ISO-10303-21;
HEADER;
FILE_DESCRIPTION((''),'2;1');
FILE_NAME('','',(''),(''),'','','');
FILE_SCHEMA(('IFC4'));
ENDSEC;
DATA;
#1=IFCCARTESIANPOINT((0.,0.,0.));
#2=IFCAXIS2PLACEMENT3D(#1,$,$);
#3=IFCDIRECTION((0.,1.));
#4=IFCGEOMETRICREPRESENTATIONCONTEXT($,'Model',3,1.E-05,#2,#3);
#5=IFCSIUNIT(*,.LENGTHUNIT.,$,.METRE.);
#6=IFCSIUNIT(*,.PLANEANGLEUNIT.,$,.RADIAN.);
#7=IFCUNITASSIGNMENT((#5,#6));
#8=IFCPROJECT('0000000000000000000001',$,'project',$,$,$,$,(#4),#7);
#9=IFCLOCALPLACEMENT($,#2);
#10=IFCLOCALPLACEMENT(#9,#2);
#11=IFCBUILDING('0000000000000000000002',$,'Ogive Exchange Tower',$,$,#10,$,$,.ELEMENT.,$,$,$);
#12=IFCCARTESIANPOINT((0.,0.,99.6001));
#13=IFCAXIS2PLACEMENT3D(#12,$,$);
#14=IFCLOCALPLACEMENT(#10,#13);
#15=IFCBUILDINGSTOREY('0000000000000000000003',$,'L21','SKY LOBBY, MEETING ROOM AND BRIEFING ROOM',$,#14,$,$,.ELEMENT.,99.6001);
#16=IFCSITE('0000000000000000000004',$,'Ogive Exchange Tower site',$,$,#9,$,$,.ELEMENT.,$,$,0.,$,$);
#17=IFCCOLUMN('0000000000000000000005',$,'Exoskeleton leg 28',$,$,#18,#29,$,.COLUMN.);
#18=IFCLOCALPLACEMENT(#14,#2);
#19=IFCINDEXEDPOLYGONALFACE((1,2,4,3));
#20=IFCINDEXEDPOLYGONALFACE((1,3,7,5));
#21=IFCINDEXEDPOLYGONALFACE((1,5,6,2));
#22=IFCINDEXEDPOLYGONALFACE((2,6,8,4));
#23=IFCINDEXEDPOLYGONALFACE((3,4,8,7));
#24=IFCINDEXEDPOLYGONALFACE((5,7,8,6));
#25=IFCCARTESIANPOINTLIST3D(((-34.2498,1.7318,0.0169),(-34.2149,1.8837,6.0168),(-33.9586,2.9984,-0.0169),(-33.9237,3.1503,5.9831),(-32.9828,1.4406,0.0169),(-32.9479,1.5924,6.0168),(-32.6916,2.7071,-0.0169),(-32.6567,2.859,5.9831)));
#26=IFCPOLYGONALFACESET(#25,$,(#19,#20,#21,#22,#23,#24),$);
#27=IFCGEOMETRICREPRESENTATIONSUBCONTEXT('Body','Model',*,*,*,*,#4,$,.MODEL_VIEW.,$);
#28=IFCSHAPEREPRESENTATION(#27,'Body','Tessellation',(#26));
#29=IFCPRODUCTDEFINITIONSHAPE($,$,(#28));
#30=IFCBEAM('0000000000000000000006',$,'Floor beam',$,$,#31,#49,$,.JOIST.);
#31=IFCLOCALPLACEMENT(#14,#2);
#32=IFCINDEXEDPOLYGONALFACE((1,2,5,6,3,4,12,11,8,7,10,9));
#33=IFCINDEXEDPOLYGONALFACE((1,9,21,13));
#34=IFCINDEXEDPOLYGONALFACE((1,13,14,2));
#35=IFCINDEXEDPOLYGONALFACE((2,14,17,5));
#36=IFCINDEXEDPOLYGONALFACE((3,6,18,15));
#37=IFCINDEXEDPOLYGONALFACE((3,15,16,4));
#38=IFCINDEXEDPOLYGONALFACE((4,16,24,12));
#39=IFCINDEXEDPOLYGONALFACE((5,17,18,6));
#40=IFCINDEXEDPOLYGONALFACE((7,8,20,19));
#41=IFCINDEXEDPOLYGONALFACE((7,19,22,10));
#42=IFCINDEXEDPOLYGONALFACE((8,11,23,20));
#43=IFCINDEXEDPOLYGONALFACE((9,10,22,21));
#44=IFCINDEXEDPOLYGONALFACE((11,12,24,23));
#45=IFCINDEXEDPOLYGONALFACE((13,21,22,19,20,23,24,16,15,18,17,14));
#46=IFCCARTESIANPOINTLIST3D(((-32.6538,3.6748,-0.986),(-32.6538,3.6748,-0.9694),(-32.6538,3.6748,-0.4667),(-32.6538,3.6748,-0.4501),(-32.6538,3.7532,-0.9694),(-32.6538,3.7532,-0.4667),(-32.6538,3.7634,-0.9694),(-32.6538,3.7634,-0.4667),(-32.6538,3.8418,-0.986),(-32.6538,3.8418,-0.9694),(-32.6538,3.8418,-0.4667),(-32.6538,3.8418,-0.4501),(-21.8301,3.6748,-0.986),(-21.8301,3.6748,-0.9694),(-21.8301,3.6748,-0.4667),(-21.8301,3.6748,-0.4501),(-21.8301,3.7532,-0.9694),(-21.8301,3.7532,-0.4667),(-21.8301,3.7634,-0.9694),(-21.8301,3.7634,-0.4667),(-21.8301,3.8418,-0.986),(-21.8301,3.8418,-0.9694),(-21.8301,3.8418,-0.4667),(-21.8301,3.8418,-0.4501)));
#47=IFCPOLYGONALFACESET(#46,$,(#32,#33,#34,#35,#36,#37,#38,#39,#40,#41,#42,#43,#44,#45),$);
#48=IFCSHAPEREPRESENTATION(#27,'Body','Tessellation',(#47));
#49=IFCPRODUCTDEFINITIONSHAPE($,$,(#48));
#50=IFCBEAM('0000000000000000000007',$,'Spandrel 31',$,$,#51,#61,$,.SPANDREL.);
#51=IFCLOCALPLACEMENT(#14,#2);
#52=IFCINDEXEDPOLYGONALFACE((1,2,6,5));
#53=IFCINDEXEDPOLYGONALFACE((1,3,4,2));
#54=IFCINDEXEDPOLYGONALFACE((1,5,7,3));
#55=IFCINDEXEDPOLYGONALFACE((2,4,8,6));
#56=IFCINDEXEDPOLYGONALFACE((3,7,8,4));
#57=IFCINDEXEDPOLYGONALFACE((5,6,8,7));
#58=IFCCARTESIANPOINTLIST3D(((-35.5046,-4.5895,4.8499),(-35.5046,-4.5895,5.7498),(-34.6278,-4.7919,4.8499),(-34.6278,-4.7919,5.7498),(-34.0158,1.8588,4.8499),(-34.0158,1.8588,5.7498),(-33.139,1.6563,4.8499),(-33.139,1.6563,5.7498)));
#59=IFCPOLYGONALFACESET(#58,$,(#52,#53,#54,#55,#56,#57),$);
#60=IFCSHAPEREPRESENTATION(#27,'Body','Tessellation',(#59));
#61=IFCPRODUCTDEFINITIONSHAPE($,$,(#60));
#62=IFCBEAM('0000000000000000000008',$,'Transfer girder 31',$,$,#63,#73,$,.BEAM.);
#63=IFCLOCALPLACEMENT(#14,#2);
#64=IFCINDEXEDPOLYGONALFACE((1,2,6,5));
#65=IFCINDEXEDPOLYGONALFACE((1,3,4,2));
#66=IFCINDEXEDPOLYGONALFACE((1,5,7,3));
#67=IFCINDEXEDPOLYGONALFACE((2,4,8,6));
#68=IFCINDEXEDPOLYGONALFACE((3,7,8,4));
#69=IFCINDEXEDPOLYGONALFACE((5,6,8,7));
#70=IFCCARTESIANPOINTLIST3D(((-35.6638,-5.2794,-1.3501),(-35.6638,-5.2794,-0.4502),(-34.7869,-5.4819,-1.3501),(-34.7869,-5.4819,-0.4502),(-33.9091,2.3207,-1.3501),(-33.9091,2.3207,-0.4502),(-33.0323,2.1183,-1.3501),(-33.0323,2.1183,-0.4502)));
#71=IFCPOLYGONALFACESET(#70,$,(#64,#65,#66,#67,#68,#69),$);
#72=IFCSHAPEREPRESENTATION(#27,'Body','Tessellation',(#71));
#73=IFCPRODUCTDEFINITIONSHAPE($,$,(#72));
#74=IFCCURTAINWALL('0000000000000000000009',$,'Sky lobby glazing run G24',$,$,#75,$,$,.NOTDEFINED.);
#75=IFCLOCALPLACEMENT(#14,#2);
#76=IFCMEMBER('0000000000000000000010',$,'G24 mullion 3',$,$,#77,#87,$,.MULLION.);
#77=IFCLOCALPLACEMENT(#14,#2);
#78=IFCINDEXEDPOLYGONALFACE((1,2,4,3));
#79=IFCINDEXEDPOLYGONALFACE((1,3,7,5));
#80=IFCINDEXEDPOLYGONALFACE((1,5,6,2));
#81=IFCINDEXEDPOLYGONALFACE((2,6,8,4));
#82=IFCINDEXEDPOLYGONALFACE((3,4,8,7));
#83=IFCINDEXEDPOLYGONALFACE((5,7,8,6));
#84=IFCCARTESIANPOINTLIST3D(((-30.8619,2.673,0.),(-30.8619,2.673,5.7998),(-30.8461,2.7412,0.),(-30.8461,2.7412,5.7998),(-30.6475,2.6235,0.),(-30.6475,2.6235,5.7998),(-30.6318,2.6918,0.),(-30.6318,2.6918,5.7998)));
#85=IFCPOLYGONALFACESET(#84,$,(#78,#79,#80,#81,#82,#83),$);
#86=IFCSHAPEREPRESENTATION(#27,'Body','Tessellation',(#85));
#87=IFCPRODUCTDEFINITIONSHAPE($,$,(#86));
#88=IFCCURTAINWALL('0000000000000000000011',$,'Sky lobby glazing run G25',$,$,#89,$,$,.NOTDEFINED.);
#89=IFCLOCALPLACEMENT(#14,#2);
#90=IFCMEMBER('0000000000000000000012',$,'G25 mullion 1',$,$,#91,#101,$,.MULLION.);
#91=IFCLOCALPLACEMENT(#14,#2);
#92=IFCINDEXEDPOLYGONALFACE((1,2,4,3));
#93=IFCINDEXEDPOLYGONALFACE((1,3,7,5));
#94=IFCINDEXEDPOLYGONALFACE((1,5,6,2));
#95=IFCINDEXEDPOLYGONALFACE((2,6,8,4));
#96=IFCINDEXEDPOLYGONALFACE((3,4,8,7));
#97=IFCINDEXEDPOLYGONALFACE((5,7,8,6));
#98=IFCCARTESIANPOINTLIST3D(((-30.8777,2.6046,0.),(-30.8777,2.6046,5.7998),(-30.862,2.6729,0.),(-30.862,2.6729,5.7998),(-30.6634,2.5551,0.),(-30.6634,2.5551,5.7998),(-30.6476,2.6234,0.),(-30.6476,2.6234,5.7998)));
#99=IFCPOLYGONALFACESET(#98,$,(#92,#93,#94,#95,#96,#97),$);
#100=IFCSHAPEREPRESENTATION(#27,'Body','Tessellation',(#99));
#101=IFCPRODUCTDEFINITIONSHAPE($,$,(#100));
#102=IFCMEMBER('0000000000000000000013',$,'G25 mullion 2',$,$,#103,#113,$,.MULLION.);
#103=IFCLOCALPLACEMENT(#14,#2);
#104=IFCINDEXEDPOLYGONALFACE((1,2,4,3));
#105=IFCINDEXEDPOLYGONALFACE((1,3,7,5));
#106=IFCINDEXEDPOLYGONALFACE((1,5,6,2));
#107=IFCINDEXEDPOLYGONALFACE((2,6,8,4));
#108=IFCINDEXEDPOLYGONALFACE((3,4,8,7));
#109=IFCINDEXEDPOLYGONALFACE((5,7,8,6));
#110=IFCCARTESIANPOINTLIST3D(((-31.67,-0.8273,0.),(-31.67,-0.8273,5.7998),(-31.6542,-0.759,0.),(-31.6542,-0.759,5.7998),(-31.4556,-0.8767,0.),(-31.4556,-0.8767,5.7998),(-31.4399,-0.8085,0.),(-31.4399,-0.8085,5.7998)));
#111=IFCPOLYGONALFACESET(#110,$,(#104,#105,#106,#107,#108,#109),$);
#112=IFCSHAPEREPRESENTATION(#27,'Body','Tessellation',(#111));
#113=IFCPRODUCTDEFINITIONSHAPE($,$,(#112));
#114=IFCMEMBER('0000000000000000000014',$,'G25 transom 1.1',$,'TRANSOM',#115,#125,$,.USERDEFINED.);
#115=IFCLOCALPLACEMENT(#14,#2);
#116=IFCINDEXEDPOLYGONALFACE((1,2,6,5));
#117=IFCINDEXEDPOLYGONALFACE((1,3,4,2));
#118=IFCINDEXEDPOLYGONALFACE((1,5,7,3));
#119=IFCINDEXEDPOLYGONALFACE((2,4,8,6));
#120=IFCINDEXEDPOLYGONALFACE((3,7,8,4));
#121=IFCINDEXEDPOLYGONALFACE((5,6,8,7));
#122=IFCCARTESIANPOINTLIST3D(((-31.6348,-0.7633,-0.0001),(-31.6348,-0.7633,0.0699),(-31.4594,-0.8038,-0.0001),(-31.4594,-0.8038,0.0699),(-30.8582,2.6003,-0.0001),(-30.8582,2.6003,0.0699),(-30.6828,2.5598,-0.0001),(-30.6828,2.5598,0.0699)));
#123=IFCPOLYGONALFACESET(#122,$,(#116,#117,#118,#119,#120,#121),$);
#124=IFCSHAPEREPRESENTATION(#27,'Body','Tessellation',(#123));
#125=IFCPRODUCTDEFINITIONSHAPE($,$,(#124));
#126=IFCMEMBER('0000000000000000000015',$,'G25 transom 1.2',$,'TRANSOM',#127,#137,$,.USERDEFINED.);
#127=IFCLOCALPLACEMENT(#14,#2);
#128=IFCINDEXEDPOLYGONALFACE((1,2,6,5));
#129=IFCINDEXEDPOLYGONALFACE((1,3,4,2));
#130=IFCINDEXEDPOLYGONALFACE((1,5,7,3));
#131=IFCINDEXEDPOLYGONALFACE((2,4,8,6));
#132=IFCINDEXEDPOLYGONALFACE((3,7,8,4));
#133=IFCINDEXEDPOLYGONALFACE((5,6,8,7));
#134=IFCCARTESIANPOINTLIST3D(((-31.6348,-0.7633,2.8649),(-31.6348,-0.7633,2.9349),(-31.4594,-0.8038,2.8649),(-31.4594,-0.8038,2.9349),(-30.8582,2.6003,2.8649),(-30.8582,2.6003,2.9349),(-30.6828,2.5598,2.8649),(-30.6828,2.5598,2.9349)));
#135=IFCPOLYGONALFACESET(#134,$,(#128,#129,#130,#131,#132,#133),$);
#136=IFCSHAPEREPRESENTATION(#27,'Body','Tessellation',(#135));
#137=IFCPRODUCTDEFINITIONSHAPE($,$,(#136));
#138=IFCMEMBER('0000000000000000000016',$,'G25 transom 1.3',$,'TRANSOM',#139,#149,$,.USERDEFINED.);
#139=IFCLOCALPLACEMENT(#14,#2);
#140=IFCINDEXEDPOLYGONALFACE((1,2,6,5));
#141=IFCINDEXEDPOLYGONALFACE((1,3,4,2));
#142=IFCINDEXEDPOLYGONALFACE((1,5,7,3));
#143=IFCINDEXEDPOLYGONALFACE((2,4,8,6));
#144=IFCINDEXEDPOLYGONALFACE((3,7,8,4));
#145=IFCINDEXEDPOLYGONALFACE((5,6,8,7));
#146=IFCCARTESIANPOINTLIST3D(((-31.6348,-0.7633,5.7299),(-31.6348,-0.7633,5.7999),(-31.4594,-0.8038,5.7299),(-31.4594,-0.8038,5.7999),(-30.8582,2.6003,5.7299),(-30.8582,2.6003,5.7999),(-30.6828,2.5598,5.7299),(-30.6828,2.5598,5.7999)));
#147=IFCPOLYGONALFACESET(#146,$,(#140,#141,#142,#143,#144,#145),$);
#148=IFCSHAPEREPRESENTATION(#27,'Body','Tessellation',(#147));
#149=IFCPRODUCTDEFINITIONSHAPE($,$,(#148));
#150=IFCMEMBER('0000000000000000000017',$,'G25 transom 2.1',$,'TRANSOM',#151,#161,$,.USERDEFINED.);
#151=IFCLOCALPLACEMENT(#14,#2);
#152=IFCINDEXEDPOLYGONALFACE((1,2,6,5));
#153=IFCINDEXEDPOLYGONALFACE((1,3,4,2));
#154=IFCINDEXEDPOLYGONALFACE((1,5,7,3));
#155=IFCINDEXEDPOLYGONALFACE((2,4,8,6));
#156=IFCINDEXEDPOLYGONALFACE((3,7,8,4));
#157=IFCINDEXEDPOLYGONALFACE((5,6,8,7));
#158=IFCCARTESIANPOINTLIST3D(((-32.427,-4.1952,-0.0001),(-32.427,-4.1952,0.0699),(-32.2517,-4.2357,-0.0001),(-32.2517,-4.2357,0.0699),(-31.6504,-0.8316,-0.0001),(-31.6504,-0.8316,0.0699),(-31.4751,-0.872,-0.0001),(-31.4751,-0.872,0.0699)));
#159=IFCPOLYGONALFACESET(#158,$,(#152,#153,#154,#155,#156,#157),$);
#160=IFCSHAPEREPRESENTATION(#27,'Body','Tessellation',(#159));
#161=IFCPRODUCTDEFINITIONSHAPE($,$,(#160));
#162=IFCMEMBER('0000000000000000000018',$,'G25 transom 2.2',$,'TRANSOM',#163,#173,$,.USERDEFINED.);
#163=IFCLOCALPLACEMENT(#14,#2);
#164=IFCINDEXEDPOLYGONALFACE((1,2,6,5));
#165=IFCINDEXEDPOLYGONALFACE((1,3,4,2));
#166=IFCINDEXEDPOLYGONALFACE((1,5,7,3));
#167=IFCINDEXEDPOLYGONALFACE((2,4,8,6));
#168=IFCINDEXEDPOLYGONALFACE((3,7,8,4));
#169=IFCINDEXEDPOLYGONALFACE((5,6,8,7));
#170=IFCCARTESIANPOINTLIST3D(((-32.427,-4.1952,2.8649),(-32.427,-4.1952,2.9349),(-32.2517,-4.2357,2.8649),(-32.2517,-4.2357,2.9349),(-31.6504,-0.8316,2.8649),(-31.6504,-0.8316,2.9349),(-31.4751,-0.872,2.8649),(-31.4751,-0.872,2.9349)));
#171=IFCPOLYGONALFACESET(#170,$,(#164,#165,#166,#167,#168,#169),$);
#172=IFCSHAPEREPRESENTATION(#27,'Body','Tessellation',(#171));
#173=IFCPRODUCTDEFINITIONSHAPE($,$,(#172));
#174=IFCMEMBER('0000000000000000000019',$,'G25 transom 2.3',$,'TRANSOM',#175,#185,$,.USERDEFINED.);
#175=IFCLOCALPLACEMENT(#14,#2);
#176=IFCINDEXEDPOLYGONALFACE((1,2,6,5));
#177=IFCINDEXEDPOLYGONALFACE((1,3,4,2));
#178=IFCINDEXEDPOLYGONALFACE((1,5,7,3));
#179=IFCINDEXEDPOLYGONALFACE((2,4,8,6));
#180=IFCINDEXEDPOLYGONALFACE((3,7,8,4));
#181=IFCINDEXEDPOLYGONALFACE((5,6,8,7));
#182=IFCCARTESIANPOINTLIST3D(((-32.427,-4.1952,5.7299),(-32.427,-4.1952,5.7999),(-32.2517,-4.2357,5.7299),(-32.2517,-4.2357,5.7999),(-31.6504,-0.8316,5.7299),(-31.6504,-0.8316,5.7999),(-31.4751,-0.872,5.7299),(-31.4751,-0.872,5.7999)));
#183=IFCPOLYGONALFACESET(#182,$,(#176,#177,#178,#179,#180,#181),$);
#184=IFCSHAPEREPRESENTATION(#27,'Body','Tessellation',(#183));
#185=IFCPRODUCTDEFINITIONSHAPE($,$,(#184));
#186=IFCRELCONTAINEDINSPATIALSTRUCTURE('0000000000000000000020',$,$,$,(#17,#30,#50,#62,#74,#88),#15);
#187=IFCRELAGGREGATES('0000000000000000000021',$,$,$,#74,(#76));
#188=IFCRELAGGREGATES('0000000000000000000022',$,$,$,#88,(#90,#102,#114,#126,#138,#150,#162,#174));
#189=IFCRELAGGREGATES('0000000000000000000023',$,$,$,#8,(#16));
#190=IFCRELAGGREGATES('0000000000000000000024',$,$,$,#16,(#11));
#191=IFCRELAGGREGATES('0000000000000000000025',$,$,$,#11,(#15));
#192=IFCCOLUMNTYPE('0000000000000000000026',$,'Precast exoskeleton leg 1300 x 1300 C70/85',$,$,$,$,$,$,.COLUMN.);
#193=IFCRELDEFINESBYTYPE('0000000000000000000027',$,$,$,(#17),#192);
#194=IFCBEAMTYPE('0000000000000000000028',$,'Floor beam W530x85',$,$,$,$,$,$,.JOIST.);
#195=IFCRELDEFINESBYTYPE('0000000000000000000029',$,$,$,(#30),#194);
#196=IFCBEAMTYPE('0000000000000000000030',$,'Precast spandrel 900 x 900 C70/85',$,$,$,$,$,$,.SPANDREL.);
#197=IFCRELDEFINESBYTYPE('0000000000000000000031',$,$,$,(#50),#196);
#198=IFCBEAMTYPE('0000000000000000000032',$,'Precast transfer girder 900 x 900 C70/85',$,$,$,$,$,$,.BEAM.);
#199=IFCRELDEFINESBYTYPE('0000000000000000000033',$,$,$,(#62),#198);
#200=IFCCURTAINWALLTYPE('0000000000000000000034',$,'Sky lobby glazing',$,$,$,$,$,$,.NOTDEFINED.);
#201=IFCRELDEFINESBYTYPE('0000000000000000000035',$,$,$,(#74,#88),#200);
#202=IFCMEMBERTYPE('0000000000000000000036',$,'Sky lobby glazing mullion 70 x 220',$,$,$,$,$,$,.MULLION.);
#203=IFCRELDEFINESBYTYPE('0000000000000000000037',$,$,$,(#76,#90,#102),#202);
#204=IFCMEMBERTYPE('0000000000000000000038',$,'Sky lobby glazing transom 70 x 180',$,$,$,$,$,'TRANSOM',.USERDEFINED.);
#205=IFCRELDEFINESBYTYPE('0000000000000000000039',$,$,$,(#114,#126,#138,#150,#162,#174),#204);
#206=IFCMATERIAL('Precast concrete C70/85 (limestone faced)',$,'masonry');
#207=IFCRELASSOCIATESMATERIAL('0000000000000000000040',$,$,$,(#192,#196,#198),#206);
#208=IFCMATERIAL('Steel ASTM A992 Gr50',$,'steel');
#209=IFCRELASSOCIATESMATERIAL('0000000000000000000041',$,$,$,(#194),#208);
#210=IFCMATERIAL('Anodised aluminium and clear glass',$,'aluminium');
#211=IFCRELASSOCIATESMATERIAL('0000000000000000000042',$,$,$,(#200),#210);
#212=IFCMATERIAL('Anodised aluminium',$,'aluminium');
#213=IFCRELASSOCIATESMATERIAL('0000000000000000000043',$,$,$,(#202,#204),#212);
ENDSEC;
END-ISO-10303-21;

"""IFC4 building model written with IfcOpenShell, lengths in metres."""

from ifc_helpers import new_model, si_unit, direction, frame, origin, origin_2d, place, context, subcontext, project, spatial, rectangle, i_section, extrude, material, material_profile, profile_set, type_object, element, aggregate, save


model = new_model("IFC4")

# Units and contexts
model_context = context("Model", 3, precision=1e-05, world=origin(), true_north=direction((0.0, 1.0)))
body_context = subcontext(model_context, "Body", "Model", "MODEL_VIEW")
ifc_project = project(units=[si_unit("LENGTHUNIT", "METRE"), si_unit("PLANEANGLEUNIT", "RADIAN")], contexts=[model_context])

# Site, building, storey
site_placement = place(None, origin())
site = spatial("IfcSite", under=ifc_project, at=site_placement, Name="Ogive Exchange Tower site", CompositionType="ELEMENT", RefElevation=0.0)
building_placement = place(site_placement, origin())
building = spatial("IfcBuilding", under=site, at=building_placement, Name="Ogive Exchange Tower", CompositionType="ELEMENT")
storey_placement = place(building_placement, frame((0.0, 0.0, 99.6001)))
storey = spatial("IfcBuildingStorey", under=building, at=storey_placement, Name="L21", Description="SKY LOBBY, MEETING ROOM AND BRIEFING ROOM", CompositionType="ELEMENT", Elevation=99.6001)

# Column
ifc_material_1 = material(Name="Precast concrete C70/85 (limestone faced)", Category="masonry")
ifc_material_profile_1 = material_profile(ifc_material_1, rectangle(XDim=1.3, YDim=1.3, at=origin_2d()), Name="1300 x 1300")
ifc_profile_set_1 = profile_set([ifc_material_profile_1], Name="Precast concrete C70/85 (limestone faced)")
column_type = type_object("IfcColumnType", Name="Precast exoskeleton leg 1300 x 1300 C70/85", PredefinedType="COLUMN", material=ifc_profile_set_1)
column_placement = place(storey_placement, frame((-33.4707, 2.2195, 0.0), z_axis=(0.005817, 0.025301, 0.999663), x_axis=(-0.974576, 0.224058, 0.0)))
element("IfcColumn", 1, at=column_placement, inside=storey, type_object=column_type, Name="Exoskeleton leg 28", PredefinedType="COLUMN", context=body_context, shape_type="SweptSolid", body=[
    extrude(rectangle(XDim=1.3, YDim=1.3, at=origin_2d()), origin(), (0.0, 0.0, 1.0), 6.002),
])

# Beams
ifc_material_2 = material(Name="Steel ASTM A992 Gr50", Category="steel")
ifc_material_profile_2 = material_profile(ifc_material_2, i_section(OverallWidth=0.167, OverallDepth=0.5359, WebThickness=0.0103, FlangeThickness=0.0166, at=origin_2d()), Name="W530x85")
ifc_profile_set_2 = profile_set([ifc_material_profile_2], Name="Steel ASTM A992 Gr50")
beam_type_1 = type_object("IfcBeamType", Name="Floor beam W530x85", PredefinedType="JOIST", material=ifc_profile_set_2)
beam_1_placement = place(storey_placement, frame((-32.6538, 3.7583, -0.718), z_axis=(1.0, 0.0, 0.0), x_axis=(0.0, 1.0, 0.0)))
element("IfcBeam", 2, at=beam_1_placement, inside=storey, type_object=beam_type_1, Name="Floor beam", PredefinedType="JOIST", context=body_context, shape_type="SweptSolid", body=[
    extrude(i_section(OverallWidth=0.167, OverallDepth=0.5359, WebThickness=0.0103, FlangeThickness=0.0166, at=origin_2d()), origin(), (0.0, 0.0, 1.0), 10.8237),
])
ifc_material_profile_3 = material_profile(ifc_material_1, rectangle(XDim=0.8999, YDim=0.8999, at=origin_2d()), Name="900 x 900")
ifc_profile_set_3 = profile_set([ifc_material_profile_3], Name="Precast concrete C70/85 (limestone faced)")
beam_type_2 = type_object("IfcBeamType", Name="Precast spandrel 900 x 900 C70/85", PredefinedType="SPANDREL", material=ifc_profile_set_3)
beam_2_placement = place(storey_placement, frame((-33.5774, 1.7576, 5.2998), z_axis=(-0.224962, -0.974368, 0.0), x_axis=(0.974368, -0.224962, 0.0)))
element("IfcBeam", 3, at=beam_2_placement, inside=storey, type_object=beam_type_2, Name="Spandrel 31", PredefinedType="SPANDREL", context=body_context, shape_type="SweptSolid", body=[
    extrude(rectangle(XDim=0.8999, YDim=0.8999, at=origin_2d()), origin(), (0.0, 0.0, 1.0), 6.6179),
])
ifc_material_profile_4 = material_profile(ifc_material_1, rectangle(XDim=0.8999, YDim=0.8999, at=origin_2d()), Name="900 x 900")
ifc_profile_set_4 = profile_set([ifc_material_profile_4], Name="Precast concrete C70/85 (limestone faced)")
beam_type_3 = type_object("IfcBeamType", Name="Precast transfer girder 900 x 900 C70/85", PredefinedType="BEAM", material=ifc_profile_set_4)
beam_3_placement = place(storey_placement, frame((-33.4707, 2.2195, -0.9001), z_axis=(-0.224953, -0.97437, 0.0), x_axis=(0.97437, -0.224953, 0.0)))
element("IfcBeam", 4, at=beam_3_placement, inside=storey, type_object=beam_type_3, Name="Transfer girder 31", PredefinedType="BEAM", context=body_context, shape_type="SweptSolid", body=[
    extrude(rectangle(XDim=0.8999, YDim=0.8999, at=origin_2d()), origin(), (0.0, 0.0, 1.0), 7.8),
])

# Curtain wall, member
ifc_material_3 = material(Name="Anodised aluminium and clear glass", Category="aluminium")
curtain_wall_type = type_object("IfcCurtainWallType", Name="Sky lobby glazing", PredefinedType="NOTDEFINED", material=ifc_material_3)
curtain_wall_1_placement = place(storey_placement, origin())
curtain_wall_1 = element("IfcCurtainWall", 5, at=curtain_wall_1_placement, inside=storey, type_object=curtain_wall_type, Name="Sky lobby glazing run G24", PredefinedType="NOTDEFINED")
ifc_material_4 = material(Name="Anodised aluminium", Category="aluminium")
ifc_material_profile_5 = material_profile(ifc_material_4, rectangle(XDim=0.22, YDim=0.0701, at=origin_2d()), Name="AL 70x220")
ifc_profile_set_5 = profile_set([ifc_material_profile_5], Name="Anodised aluminium")
member_type_1 = type_object("IfcMemberType", Name="Sky lobby glazing mullion 70 x 220", PredefinedType="MULLION", material=ifc_profile_set_5)
member_1_placement = place(storey_placement, frame((-30.7468, 2.6824, 0.0), z_axis=(0.0, 0.0, 1.0), x_axis=(0.974372, -0.224944, 0.0)))
member_1 = element("IfcMember", 6, at=member_1_placement, type_object=member_type_1, Name="G24 mullion 3", PredefinedType="MULLION", context=body_context, shape_type="SweptSolid", body=[
    extrude(rectangle(XDim=0.22, YDim=0.0701, at=origin_2d()), origin(), (0.0, 0.0, 1.0), 5.7998),
])

# Curtain wall, members
curtain_wall_2_placement = place(storey_placement, origin())
curtain_wall_2 = element("IfcCurtainWall", 7, at=curtain_wall_2_placement, inside=storey, type_object=curtain_wall_type, Name="Sky lobby glazing run G25", PredefinedType="NOTDEFINED")
member_2_placement = place(storey_placement, frame((-30.7627, 2.614, 0.0), z_axis=(0.0, 0.0, 1.0), x_axis=(0.974369, -0.224954, 0.0)))
member_2 = element("IfcMember", 8, at=member_2_placement, type_object=member_type_1, Name="G25 mullion 1", PredefinedType="MULLION", context=body_context, shape_type="SweptSolid", body=[
    extrude(rectangle(XDim=0.22, YDim=0.0701, at=origin_2d()), origin(), (0.0, 0.0, 1.0), 5.7998),
])
member_3_placement = place(storey_placement, frame((-31.5549, -0.8179, 0.0), z_axis=(0.0, 0.0, 1.0), x_axis=(0.974369, -0.224954, 0.0)))
member_3 = element("IfcMember", 9, at=member_3_placement, type_object=member_type_1, Name="G25 mullion 2", PredefinedType="MULLION", context=body_context, shape_type="SweptSolid", body=[
    extrude(rectangle(XDim=0.22, YDim=0.0701, at=origin_2d()), origin(), (0.0, 0.0, 1.0), 5.7998),
])
ifc_material_profile_6 = material_profile(ifc_material_4, rectangle(XDim=0.1799, YDim=0.0701, at=origin_2d()), Name="AL 70x180")
ifc_profile_set_6 = profile_set([ifc_material_profile_6], Name="Anodised aluminium")
member_type_2 = type_object("IfcMemberType", Name="Sky lobby glazing transom 70 x 180", ElementType="TRANSOM", PredefinedType="USERDEFINED", material=ifc_profile_set_6)
member_4_placement = place(storey_placement, frame((-30.7705, 2.5801, 0.0349), z_axis=(-0.224958, -0.974369, 0.0), x_axis=(0.974369, -0.224958, 0.0)))
member_4 = element("IfcMember", 10, at=member_4_placement, type_object=member_type_2, Name="G25 transom 1.1", ObjectType="TRANSOM", PredefinedType="USERDEFINED", context=body_context, shape_type="SweptSolid", body=[
    extrude(rectangle(XDim=0.1799, YDim=0.0701, at=origin_2d()), origin(), (0.0, 0.0, 1.0), 3.4521),
])
member_5_placement = place(storey_placement, frame((-30.7705, 2.5801, 2.8999), z_axis=(-0.224958, -0.974369, 0.0), x_axis=(0.974369, -0.224958, 0.0)))
member_5 = element("IfcMember", 11, at=member_5_placement, type_object=member_type_2, Name="G25 transom 1.2", ObjectType="TRANSOM", PredefinedType="USERDEFINED", context=body_context, shape_type="SweptSolid", body=[
    extrude(rectangle(XDim=0.1799, YDim=0.0701, at=origin_2d()), origin(), (0.0, 0.0, 1.0), 3.4521),
])
member_6_placement = place(storey_placement, frame((-30.7705, 2.5801, 5.7649), z_axis=(-0.224958, -0.974369, 0.0), x_axis=(0.974369, -0.224958, 0.0)))
member_6 = element("IfcMember", 12, at=member_6_placement, type_object=member_type_2, Name="G25 transom 1.3", ObjectType="TRANSOM", PredefinedType="USERDEFINED", context=body_context, shape_type="SweptSolid", body=[
    extrude(rectangle(XDim=0.1799, YDim=0.0701, at=origin_2d()), origin(), (0.0, 0.0, 1.0), 3.4521),
])
member_7_placement = place(storey_placement, frame((-31.5627, -0.8518, 0.0349), z_axis=(-0.224958, -0.974369, 0.0), x_axis=(0.974369, -0.224958, 0.0)))
member_7 = element("IfcMember", 13, at=member_7_placement, type_object=member_type_2, Name="G25 transom 2.1", ObjectType="TRANSOM", PredefinedType="USERDEFINED", context=body_context, shape_type="SweptSolid", body=[
    extrude(rectangle(XDim=0.1799, YDim=0.0701, at=origin_2d()), origin(), (0.0, 0.0, 1.0), 3.4521),
])
member_8_placement = place(storey_placement, frame((-31.5627, -0.8518, 2.8999), z_axis=(-0.224958, -0.974369, 0.0), x_axis=(0.974369, -0.224958, 0.0)))
member_8 = element("IfcMember", 14, at=member_8_placement, type_object=member_type_2, Name="G25 transom 2.2", ObjectType="TRANSOM", PredefinedType="USERDEFINED", context=body_context, shape_type="SweptSolid", body=[
    extrude(rectangle(XDim=0.1799, YDim=0.0701, at=origin_2d()), origin(), (0.0, 0.0, 1.0), 3.4521),
])
member_9_placement = place(storey_placement, frame((-31.5627, -0.8518, 5.7649), z_axis=(-0.224958, -0.974369, 0.0), x_axis=(0.974369, -0.224958, 0.0)))
member_9 = element("IfcMember", 15, at=member_9_placement, type_object=member_type_2, Name="G25 transom 2.3", ObjectType="TRANSOM", PredefinedType="USERDEFINED", context=body_context, shape_type="SweptSolid", body=[
    extrude(rectangle(XDim=0.1799, YDim=0.0701, at=origin_2d()), origin(), (0.0, 0.0, 1.0), 3.4521),
])

aggregate(curtain_wall_1, [member_1])
aggregate(curtain_wall_2, [member_2, member_3, member_4, member_5, member_6, member_7, member_8, member_9])

save(model, "model.ifc")
